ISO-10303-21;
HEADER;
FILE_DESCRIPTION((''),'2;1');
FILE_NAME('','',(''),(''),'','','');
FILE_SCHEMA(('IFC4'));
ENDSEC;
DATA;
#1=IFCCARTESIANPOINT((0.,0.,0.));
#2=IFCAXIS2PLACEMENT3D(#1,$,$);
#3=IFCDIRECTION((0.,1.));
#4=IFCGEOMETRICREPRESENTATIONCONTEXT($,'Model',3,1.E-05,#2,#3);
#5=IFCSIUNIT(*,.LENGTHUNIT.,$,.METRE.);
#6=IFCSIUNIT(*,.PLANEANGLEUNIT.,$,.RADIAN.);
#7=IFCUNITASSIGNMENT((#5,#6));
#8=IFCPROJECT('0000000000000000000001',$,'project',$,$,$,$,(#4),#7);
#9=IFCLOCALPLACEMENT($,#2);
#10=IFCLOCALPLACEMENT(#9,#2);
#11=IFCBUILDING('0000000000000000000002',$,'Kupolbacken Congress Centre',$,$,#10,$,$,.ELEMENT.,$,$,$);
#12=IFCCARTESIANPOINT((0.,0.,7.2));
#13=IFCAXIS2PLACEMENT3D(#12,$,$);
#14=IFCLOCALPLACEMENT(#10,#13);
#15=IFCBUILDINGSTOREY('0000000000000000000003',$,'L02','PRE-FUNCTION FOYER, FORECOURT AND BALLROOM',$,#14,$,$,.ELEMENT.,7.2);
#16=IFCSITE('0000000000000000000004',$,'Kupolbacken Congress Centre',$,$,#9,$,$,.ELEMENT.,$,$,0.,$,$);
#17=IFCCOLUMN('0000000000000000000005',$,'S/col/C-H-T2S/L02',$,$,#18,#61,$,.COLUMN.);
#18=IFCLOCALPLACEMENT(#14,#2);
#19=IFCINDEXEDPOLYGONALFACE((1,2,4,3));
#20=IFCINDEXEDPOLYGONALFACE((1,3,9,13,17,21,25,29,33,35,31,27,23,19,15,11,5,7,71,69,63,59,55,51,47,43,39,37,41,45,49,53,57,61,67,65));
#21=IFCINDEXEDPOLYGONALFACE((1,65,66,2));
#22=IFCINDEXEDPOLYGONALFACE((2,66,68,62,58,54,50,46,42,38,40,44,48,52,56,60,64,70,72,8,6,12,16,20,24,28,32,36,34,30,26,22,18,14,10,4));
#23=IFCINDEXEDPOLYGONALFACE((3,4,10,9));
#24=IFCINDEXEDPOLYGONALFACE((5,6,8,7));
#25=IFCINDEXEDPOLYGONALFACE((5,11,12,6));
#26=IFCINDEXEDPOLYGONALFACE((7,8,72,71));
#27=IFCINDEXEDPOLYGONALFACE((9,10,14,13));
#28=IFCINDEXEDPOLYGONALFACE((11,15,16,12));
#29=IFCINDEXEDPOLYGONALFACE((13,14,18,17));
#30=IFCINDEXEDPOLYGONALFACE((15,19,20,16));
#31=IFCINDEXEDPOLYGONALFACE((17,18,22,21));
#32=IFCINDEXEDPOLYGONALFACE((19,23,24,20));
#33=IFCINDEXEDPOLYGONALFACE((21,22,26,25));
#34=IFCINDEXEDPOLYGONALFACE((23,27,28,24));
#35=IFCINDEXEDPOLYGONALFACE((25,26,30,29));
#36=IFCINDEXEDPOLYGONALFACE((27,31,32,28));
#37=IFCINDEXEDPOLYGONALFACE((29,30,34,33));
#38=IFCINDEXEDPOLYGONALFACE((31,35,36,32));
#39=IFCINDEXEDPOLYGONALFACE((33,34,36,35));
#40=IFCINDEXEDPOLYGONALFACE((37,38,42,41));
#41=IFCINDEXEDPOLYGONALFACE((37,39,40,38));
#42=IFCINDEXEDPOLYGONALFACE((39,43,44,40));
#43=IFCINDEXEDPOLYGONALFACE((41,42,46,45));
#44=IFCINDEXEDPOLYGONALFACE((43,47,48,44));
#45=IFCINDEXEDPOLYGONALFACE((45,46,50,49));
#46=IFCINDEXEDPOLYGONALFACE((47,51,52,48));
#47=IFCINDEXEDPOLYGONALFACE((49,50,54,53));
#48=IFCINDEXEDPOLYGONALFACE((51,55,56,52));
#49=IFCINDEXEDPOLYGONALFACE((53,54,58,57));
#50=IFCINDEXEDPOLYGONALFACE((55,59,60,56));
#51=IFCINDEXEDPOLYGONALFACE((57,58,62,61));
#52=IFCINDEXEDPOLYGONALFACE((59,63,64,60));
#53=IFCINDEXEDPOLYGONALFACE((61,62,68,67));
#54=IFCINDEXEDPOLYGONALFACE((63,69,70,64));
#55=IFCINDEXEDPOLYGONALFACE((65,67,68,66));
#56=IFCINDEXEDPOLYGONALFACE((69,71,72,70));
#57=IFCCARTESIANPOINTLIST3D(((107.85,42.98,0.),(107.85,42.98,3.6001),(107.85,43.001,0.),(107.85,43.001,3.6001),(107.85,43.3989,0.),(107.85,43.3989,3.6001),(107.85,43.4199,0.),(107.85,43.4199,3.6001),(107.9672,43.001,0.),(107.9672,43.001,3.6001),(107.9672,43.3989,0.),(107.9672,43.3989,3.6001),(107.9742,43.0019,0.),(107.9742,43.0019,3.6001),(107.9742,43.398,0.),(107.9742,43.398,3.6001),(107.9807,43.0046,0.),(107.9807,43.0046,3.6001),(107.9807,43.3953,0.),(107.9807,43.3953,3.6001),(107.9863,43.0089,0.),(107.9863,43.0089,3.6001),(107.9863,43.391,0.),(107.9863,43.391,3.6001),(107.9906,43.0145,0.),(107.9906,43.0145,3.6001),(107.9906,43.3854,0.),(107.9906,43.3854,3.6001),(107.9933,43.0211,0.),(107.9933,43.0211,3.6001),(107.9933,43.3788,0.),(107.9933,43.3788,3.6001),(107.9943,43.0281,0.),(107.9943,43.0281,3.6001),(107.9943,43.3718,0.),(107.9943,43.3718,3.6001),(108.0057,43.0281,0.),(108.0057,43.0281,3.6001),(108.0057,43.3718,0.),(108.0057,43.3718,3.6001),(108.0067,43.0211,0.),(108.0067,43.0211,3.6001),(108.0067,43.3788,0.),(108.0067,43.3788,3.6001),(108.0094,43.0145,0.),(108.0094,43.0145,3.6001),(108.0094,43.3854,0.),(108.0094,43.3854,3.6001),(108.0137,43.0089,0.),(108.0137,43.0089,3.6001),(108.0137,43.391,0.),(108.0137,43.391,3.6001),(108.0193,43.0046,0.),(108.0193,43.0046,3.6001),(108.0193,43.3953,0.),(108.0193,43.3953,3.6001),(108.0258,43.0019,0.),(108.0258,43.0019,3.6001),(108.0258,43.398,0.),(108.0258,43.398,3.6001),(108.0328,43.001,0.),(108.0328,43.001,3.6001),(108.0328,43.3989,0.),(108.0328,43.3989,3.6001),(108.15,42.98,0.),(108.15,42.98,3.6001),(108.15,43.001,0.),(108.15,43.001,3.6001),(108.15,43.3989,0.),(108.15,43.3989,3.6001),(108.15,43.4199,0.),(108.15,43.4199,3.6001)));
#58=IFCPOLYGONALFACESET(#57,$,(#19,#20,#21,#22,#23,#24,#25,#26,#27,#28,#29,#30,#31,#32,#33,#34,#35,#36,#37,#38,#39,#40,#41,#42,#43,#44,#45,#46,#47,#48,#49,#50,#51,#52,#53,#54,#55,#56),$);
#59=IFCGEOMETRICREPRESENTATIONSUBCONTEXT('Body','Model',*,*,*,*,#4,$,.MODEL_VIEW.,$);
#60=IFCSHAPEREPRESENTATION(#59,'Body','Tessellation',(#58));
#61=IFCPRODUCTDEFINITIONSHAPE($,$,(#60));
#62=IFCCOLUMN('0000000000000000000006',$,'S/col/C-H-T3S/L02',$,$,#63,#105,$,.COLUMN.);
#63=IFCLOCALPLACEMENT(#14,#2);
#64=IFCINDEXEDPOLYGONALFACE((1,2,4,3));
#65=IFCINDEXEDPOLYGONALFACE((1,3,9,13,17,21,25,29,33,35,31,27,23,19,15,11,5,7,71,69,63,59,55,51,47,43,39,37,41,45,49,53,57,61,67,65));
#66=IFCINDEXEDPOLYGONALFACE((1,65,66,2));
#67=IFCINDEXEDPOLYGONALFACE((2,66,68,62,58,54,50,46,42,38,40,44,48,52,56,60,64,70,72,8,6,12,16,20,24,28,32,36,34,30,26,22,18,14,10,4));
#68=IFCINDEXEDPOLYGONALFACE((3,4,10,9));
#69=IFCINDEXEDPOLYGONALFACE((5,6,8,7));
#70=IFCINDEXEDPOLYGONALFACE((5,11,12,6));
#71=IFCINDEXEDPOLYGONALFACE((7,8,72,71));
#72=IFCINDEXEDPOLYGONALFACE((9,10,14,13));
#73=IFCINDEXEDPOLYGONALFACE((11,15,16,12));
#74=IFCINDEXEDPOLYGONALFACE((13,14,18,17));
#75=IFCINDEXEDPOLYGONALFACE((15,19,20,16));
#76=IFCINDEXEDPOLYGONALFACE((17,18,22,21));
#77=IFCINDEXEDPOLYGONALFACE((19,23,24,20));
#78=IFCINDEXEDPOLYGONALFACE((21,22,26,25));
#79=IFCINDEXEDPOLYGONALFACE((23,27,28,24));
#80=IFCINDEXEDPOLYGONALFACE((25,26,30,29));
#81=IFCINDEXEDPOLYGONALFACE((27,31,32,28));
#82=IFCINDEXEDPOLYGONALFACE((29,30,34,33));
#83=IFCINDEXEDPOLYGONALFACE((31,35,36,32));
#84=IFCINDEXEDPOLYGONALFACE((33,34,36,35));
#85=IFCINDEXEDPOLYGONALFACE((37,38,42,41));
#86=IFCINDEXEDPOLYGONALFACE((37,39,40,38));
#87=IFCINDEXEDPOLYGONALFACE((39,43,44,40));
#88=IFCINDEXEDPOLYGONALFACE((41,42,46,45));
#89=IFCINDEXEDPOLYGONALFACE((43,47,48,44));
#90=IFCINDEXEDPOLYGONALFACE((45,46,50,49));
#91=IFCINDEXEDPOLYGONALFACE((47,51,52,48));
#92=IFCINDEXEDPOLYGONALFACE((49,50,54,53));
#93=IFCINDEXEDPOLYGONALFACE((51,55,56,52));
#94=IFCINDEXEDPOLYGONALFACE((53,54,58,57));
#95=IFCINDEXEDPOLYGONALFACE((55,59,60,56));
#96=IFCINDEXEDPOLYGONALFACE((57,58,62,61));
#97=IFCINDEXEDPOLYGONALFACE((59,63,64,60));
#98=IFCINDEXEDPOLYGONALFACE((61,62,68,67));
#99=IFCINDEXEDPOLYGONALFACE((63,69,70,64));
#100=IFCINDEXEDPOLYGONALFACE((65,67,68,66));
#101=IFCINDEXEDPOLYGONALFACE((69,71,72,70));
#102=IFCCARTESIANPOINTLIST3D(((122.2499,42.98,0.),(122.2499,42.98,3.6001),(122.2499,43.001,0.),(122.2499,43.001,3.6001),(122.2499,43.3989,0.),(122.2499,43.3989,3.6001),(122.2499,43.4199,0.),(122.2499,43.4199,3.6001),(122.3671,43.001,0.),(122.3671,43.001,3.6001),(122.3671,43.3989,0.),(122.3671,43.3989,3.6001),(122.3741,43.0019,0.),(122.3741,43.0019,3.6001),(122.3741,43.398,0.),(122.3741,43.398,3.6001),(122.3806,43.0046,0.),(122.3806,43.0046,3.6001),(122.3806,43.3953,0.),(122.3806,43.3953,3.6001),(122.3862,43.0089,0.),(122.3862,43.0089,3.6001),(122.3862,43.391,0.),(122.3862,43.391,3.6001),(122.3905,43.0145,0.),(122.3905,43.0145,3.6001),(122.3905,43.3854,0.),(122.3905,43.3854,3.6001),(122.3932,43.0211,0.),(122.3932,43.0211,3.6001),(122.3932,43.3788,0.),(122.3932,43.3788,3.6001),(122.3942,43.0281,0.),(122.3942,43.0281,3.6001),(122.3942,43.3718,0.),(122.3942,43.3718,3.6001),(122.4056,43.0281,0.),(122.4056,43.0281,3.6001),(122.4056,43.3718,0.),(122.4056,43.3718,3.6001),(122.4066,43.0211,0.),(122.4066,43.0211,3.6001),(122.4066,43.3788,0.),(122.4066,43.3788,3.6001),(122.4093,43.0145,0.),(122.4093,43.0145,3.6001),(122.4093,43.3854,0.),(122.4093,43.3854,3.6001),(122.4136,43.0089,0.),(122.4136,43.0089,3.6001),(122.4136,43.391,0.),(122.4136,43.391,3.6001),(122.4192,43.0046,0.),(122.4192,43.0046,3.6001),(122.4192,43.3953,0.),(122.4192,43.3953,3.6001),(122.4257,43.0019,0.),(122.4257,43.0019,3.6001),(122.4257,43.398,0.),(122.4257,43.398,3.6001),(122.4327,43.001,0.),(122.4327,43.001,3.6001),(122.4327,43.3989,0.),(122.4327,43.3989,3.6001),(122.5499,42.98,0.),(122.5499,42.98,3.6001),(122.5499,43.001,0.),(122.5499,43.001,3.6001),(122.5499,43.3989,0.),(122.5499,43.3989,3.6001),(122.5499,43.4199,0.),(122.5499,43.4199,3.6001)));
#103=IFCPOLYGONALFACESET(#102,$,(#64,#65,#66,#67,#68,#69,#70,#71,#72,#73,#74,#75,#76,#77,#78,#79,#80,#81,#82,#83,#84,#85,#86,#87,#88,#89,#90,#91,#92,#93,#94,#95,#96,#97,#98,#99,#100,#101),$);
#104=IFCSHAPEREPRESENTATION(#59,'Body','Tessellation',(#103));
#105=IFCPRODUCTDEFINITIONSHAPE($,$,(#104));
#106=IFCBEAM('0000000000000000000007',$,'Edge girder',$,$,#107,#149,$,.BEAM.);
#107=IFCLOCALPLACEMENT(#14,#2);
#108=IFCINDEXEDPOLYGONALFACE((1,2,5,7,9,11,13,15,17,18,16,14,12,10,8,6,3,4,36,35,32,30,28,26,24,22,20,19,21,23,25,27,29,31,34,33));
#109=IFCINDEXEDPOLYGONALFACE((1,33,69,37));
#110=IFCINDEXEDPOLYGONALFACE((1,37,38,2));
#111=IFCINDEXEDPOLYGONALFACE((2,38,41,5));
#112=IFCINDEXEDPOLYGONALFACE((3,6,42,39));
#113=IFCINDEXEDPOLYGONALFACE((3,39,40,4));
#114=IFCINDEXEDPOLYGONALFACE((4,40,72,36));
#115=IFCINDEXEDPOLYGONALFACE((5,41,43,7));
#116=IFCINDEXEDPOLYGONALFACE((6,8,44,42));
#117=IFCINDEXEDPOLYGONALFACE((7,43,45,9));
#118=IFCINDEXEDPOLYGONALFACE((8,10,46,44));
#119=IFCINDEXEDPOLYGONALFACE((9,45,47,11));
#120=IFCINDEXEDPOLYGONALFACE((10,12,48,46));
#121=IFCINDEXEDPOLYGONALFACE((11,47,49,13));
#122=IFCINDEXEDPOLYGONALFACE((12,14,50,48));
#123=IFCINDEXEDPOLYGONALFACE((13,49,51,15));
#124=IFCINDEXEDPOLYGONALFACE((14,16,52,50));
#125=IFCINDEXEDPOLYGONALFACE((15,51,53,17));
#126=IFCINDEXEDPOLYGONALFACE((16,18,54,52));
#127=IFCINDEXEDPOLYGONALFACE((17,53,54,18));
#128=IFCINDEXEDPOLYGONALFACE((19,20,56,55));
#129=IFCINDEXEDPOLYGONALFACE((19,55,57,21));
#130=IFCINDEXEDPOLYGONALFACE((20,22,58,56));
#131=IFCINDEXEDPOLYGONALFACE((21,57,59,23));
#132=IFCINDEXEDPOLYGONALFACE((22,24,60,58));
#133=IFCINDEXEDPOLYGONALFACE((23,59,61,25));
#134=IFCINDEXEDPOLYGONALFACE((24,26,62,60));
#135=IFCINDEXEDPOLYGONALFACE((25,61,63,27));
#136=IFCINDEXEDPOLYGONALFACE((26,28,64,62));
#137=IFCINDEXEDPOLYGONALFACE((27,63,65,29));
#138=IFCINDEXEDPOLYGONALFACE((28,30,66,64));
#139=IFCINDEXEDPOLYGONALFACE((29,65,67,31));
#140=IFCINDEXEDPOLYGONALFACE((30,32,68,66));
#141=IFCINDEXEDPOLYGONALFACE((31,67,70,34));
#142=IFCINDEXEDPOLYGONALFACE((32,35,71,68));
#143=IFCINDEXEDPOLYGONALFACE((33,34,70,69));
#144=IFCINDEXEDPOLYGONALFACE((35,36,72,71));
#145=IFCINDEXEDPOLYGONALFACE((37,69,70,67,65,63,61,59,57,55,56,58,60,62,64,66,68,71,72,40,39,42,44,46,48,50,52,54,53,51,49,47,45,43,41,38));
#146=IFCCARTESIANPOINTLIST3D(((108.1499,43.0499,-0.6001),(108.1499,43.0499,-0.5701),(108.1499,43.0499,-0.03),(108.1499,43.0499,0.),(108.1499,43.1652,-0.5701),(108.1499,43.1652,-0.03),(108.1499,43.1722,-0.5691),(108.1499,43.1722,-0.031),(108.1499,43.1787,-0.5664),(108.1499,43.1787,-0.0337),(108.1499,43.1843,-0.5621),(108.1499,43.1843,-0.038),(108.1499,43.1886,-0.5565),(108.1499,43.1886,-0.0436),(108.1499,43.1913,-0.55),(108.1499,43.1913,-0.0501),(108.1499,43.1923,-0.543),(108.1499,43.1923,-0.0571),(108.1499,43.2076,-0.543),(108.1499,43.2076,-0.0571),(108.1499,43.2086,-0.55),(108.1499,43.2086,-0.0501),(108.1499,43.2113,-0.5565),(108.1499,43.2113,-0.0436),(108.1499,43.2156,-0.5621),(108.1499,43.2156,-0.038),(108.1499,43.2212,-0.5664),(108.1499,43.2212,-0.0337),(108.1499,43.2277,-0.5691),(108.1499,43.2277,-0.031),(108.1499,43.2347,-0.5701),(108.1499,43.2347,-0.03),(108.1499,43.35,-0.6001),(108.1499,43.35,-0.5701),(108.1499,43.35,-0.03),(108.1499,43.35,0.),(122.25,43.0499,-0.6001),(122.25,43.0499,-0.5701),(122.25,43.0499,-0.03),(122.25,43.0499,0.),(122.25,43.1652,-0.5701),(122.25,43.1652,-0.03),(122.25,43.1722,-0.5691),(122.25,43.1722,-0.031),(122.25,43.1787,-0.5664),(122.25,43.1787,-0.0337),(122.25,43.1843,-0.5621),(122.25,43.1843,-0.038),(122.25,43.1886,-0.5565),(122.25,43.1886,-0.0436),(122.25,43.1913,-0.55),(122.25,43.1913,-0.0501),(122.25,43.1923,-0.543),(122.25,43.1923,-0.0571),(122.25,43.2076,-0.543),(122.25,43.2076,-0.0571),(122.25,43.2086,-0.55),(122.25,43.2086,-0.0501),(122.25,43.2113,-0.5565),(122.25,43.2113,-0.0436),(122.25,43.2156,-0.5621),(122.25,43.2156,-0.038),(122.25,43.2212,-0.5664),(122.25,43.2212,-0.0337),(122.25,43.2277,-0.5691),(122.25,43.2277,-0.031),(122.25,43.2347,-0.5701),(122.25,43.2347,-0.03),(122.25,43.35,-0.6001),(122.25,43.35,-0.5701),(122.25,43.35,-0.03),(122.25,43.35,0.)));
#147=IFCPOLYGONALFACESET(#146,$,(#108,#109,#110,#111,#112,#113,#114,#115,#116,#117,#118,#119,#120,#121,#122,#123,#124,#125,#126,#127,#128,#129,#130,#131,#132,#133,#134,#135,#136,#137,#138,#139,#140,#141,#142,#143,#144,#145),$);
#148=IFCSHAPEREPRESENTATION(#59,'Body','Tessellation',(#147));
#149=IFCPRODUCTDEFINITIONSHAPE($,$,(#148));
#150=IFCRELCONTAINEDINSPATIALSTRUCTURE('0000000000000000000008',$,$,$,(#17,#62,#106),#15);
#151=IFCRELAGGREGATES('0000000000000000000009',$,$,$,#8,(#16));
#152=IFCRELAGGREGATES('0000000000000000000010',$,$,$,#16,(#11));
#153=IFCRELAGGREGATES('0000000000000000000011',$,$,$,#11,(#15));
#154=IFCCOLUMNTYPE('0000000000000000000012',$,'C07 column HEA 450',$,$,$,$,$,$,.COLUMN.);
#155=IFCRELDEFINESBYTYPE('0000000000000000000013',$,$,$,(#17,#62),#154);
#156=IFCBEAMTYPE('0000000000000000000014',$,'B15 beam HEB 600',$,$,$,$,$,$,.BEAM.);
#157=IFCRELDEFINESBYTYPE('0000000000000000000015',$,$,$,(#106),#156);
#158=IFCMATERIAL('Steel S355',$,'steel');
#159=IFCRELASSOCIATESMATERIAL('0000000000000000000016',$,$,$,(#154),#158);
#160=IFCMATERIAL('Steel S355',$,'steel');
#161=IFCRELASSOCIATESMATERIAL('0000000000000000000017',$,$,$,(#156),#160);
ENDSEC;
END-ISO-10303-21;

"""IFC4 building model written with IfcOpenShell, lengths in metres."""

from ifc_helpers import new_model, si_unit, direction, frame, origin, origin_2d, place, context, subcontext, project, spatial, i_section, extrude, material, material_profile, profile_set, type_object, element, save


model = new_model("IFC4")

# Units and contexts
model_context = context("Model", 3, precision=1e-05, world=origin(), true_north=direction((0.0, 1.0)))
body_context = subcontext(model_context, "Body", "Model", "MODEL_VIEW")
ifc_project = project(units=[si_unit("LENGTHUNIT", "METRE"), si_unit("PLANEANGLEUNIT", "RADIAN")], contexts=[model_context])

# Site, building, storey
site_placement = place(None, origin())
site = spatial("IfcSite", under=ifc_project, at=site_placement, Name="Kupolbacken Congress Centre", CompositionType="ELEMENT", RefElevation=0.0)
building_placement = place(site_placement, origin())
building = spatial("IfcBuilding", under=site, at=building_placement, Name="Kupolbacken Congress Centre", CompositionType="ELEMENT")
storey_placement = place(building_placement, frame((0.0, 0.0, 7.2)))
storey = spatial("IfcBuildingStorey", under=building, at=storey_placement, Name="L02", Description="PRE-FUNCTION FOYER, FORECOURT AND BALLROOM", CompositionType="ELEMENT", Elevation=7.2)

# Columns
ifc_material_1 = material(Name="Steel S355", Category="steel")
ifc_material_profile_1 = material_profile(ifc_material_1, i_section(OverallWidth=0.3, OverallDepth=0.4399, WebThickness=0.0115, FlangeThickness=0.021, FilletRadius=0.0271, at=origin_2d()), Name="HEA 450")
ifc_profile_set_1 = profile_set([ifc_material_profile_1], Name="Steel S355")
column_type = type_object("IfcColumnType", Name="C07 column HEA 450", PredefinedType="COLUMN", material=ifc_profile_set_1)
for number, where, z_axis, x_axis, name in (
    (1, (108.0, 43.2, 0.0), (0.0, 0.0, 1.0), (1.0, 0.0, 0.0), "S/col/C-H-T2S/L02"),
    (2, (122.3999, 43.2, 0.0), (0.0, 0.0, 1.0), (1.0, 0.0, 0.0), "S/col/C-H-T3S/L02"),
):
    element("IfcColumn", number, at=place(storey_placement, frame(where, z_axis=z_axis, x_axis=x_axis)), inside=storey, type_object=column_type, Name=name, PredefinedType="COLUMN", context=body_context, shape_type="SweptSolid", body=[
        extrude(i_section(OverallWidth=0.3, OverallDepth=0.4399, WebThickness=0.0115, FlangeThickness=0.021, FilletRadius=0.0271, at=origin_2d()), origin(), (0.0, 0.0, 1.0), 3.6001),
    ])

# Beam
ifc_material_2 = material(Name="Steel S355", Category="steel")
ifc_material_profile_2 = material_profile(ifc_material_2, i_section(OverallWidth=0.3, OverallDepth=0.6001, WebThickness=0.0154, FlangeThickness=0.03, FilletRadius=0.0271, at=origin_2d()), Name="HEB 600")
ifc_profile_set_2 = profile_set([ifc_material_profile_2], Name="Steel S355")
beam_type = type_object("IfcBeamType", Name="B15 beam HEB 600", PredefinedType="BEAM", material=ifc_profile_set_2)
beam_placement = place(storey_placement, frame((108.1499, 43.2, -0.3), z_axis=(1.0, 0.0, 0.0), x_axis=(0.0, 1.0, 0.0)))
element("IfcBeam", 3, at=beam_placement, inside=storey, type_object=beam_type, Name="Edge girder", PredefinedType="BEAM", context=body_context, shape_type="SweptSolid", body=[
    extrude(i_section(OverallWidth=0.3, OverallDepth=0.6001, WebThickness=0.0154, FlangeThickness=0.03, FilletRadius=0.0271, at=origin_2d()), origin(), (0.0, 0.0, 1.0), 14.1001),
])

save(model, "model.ifc")
